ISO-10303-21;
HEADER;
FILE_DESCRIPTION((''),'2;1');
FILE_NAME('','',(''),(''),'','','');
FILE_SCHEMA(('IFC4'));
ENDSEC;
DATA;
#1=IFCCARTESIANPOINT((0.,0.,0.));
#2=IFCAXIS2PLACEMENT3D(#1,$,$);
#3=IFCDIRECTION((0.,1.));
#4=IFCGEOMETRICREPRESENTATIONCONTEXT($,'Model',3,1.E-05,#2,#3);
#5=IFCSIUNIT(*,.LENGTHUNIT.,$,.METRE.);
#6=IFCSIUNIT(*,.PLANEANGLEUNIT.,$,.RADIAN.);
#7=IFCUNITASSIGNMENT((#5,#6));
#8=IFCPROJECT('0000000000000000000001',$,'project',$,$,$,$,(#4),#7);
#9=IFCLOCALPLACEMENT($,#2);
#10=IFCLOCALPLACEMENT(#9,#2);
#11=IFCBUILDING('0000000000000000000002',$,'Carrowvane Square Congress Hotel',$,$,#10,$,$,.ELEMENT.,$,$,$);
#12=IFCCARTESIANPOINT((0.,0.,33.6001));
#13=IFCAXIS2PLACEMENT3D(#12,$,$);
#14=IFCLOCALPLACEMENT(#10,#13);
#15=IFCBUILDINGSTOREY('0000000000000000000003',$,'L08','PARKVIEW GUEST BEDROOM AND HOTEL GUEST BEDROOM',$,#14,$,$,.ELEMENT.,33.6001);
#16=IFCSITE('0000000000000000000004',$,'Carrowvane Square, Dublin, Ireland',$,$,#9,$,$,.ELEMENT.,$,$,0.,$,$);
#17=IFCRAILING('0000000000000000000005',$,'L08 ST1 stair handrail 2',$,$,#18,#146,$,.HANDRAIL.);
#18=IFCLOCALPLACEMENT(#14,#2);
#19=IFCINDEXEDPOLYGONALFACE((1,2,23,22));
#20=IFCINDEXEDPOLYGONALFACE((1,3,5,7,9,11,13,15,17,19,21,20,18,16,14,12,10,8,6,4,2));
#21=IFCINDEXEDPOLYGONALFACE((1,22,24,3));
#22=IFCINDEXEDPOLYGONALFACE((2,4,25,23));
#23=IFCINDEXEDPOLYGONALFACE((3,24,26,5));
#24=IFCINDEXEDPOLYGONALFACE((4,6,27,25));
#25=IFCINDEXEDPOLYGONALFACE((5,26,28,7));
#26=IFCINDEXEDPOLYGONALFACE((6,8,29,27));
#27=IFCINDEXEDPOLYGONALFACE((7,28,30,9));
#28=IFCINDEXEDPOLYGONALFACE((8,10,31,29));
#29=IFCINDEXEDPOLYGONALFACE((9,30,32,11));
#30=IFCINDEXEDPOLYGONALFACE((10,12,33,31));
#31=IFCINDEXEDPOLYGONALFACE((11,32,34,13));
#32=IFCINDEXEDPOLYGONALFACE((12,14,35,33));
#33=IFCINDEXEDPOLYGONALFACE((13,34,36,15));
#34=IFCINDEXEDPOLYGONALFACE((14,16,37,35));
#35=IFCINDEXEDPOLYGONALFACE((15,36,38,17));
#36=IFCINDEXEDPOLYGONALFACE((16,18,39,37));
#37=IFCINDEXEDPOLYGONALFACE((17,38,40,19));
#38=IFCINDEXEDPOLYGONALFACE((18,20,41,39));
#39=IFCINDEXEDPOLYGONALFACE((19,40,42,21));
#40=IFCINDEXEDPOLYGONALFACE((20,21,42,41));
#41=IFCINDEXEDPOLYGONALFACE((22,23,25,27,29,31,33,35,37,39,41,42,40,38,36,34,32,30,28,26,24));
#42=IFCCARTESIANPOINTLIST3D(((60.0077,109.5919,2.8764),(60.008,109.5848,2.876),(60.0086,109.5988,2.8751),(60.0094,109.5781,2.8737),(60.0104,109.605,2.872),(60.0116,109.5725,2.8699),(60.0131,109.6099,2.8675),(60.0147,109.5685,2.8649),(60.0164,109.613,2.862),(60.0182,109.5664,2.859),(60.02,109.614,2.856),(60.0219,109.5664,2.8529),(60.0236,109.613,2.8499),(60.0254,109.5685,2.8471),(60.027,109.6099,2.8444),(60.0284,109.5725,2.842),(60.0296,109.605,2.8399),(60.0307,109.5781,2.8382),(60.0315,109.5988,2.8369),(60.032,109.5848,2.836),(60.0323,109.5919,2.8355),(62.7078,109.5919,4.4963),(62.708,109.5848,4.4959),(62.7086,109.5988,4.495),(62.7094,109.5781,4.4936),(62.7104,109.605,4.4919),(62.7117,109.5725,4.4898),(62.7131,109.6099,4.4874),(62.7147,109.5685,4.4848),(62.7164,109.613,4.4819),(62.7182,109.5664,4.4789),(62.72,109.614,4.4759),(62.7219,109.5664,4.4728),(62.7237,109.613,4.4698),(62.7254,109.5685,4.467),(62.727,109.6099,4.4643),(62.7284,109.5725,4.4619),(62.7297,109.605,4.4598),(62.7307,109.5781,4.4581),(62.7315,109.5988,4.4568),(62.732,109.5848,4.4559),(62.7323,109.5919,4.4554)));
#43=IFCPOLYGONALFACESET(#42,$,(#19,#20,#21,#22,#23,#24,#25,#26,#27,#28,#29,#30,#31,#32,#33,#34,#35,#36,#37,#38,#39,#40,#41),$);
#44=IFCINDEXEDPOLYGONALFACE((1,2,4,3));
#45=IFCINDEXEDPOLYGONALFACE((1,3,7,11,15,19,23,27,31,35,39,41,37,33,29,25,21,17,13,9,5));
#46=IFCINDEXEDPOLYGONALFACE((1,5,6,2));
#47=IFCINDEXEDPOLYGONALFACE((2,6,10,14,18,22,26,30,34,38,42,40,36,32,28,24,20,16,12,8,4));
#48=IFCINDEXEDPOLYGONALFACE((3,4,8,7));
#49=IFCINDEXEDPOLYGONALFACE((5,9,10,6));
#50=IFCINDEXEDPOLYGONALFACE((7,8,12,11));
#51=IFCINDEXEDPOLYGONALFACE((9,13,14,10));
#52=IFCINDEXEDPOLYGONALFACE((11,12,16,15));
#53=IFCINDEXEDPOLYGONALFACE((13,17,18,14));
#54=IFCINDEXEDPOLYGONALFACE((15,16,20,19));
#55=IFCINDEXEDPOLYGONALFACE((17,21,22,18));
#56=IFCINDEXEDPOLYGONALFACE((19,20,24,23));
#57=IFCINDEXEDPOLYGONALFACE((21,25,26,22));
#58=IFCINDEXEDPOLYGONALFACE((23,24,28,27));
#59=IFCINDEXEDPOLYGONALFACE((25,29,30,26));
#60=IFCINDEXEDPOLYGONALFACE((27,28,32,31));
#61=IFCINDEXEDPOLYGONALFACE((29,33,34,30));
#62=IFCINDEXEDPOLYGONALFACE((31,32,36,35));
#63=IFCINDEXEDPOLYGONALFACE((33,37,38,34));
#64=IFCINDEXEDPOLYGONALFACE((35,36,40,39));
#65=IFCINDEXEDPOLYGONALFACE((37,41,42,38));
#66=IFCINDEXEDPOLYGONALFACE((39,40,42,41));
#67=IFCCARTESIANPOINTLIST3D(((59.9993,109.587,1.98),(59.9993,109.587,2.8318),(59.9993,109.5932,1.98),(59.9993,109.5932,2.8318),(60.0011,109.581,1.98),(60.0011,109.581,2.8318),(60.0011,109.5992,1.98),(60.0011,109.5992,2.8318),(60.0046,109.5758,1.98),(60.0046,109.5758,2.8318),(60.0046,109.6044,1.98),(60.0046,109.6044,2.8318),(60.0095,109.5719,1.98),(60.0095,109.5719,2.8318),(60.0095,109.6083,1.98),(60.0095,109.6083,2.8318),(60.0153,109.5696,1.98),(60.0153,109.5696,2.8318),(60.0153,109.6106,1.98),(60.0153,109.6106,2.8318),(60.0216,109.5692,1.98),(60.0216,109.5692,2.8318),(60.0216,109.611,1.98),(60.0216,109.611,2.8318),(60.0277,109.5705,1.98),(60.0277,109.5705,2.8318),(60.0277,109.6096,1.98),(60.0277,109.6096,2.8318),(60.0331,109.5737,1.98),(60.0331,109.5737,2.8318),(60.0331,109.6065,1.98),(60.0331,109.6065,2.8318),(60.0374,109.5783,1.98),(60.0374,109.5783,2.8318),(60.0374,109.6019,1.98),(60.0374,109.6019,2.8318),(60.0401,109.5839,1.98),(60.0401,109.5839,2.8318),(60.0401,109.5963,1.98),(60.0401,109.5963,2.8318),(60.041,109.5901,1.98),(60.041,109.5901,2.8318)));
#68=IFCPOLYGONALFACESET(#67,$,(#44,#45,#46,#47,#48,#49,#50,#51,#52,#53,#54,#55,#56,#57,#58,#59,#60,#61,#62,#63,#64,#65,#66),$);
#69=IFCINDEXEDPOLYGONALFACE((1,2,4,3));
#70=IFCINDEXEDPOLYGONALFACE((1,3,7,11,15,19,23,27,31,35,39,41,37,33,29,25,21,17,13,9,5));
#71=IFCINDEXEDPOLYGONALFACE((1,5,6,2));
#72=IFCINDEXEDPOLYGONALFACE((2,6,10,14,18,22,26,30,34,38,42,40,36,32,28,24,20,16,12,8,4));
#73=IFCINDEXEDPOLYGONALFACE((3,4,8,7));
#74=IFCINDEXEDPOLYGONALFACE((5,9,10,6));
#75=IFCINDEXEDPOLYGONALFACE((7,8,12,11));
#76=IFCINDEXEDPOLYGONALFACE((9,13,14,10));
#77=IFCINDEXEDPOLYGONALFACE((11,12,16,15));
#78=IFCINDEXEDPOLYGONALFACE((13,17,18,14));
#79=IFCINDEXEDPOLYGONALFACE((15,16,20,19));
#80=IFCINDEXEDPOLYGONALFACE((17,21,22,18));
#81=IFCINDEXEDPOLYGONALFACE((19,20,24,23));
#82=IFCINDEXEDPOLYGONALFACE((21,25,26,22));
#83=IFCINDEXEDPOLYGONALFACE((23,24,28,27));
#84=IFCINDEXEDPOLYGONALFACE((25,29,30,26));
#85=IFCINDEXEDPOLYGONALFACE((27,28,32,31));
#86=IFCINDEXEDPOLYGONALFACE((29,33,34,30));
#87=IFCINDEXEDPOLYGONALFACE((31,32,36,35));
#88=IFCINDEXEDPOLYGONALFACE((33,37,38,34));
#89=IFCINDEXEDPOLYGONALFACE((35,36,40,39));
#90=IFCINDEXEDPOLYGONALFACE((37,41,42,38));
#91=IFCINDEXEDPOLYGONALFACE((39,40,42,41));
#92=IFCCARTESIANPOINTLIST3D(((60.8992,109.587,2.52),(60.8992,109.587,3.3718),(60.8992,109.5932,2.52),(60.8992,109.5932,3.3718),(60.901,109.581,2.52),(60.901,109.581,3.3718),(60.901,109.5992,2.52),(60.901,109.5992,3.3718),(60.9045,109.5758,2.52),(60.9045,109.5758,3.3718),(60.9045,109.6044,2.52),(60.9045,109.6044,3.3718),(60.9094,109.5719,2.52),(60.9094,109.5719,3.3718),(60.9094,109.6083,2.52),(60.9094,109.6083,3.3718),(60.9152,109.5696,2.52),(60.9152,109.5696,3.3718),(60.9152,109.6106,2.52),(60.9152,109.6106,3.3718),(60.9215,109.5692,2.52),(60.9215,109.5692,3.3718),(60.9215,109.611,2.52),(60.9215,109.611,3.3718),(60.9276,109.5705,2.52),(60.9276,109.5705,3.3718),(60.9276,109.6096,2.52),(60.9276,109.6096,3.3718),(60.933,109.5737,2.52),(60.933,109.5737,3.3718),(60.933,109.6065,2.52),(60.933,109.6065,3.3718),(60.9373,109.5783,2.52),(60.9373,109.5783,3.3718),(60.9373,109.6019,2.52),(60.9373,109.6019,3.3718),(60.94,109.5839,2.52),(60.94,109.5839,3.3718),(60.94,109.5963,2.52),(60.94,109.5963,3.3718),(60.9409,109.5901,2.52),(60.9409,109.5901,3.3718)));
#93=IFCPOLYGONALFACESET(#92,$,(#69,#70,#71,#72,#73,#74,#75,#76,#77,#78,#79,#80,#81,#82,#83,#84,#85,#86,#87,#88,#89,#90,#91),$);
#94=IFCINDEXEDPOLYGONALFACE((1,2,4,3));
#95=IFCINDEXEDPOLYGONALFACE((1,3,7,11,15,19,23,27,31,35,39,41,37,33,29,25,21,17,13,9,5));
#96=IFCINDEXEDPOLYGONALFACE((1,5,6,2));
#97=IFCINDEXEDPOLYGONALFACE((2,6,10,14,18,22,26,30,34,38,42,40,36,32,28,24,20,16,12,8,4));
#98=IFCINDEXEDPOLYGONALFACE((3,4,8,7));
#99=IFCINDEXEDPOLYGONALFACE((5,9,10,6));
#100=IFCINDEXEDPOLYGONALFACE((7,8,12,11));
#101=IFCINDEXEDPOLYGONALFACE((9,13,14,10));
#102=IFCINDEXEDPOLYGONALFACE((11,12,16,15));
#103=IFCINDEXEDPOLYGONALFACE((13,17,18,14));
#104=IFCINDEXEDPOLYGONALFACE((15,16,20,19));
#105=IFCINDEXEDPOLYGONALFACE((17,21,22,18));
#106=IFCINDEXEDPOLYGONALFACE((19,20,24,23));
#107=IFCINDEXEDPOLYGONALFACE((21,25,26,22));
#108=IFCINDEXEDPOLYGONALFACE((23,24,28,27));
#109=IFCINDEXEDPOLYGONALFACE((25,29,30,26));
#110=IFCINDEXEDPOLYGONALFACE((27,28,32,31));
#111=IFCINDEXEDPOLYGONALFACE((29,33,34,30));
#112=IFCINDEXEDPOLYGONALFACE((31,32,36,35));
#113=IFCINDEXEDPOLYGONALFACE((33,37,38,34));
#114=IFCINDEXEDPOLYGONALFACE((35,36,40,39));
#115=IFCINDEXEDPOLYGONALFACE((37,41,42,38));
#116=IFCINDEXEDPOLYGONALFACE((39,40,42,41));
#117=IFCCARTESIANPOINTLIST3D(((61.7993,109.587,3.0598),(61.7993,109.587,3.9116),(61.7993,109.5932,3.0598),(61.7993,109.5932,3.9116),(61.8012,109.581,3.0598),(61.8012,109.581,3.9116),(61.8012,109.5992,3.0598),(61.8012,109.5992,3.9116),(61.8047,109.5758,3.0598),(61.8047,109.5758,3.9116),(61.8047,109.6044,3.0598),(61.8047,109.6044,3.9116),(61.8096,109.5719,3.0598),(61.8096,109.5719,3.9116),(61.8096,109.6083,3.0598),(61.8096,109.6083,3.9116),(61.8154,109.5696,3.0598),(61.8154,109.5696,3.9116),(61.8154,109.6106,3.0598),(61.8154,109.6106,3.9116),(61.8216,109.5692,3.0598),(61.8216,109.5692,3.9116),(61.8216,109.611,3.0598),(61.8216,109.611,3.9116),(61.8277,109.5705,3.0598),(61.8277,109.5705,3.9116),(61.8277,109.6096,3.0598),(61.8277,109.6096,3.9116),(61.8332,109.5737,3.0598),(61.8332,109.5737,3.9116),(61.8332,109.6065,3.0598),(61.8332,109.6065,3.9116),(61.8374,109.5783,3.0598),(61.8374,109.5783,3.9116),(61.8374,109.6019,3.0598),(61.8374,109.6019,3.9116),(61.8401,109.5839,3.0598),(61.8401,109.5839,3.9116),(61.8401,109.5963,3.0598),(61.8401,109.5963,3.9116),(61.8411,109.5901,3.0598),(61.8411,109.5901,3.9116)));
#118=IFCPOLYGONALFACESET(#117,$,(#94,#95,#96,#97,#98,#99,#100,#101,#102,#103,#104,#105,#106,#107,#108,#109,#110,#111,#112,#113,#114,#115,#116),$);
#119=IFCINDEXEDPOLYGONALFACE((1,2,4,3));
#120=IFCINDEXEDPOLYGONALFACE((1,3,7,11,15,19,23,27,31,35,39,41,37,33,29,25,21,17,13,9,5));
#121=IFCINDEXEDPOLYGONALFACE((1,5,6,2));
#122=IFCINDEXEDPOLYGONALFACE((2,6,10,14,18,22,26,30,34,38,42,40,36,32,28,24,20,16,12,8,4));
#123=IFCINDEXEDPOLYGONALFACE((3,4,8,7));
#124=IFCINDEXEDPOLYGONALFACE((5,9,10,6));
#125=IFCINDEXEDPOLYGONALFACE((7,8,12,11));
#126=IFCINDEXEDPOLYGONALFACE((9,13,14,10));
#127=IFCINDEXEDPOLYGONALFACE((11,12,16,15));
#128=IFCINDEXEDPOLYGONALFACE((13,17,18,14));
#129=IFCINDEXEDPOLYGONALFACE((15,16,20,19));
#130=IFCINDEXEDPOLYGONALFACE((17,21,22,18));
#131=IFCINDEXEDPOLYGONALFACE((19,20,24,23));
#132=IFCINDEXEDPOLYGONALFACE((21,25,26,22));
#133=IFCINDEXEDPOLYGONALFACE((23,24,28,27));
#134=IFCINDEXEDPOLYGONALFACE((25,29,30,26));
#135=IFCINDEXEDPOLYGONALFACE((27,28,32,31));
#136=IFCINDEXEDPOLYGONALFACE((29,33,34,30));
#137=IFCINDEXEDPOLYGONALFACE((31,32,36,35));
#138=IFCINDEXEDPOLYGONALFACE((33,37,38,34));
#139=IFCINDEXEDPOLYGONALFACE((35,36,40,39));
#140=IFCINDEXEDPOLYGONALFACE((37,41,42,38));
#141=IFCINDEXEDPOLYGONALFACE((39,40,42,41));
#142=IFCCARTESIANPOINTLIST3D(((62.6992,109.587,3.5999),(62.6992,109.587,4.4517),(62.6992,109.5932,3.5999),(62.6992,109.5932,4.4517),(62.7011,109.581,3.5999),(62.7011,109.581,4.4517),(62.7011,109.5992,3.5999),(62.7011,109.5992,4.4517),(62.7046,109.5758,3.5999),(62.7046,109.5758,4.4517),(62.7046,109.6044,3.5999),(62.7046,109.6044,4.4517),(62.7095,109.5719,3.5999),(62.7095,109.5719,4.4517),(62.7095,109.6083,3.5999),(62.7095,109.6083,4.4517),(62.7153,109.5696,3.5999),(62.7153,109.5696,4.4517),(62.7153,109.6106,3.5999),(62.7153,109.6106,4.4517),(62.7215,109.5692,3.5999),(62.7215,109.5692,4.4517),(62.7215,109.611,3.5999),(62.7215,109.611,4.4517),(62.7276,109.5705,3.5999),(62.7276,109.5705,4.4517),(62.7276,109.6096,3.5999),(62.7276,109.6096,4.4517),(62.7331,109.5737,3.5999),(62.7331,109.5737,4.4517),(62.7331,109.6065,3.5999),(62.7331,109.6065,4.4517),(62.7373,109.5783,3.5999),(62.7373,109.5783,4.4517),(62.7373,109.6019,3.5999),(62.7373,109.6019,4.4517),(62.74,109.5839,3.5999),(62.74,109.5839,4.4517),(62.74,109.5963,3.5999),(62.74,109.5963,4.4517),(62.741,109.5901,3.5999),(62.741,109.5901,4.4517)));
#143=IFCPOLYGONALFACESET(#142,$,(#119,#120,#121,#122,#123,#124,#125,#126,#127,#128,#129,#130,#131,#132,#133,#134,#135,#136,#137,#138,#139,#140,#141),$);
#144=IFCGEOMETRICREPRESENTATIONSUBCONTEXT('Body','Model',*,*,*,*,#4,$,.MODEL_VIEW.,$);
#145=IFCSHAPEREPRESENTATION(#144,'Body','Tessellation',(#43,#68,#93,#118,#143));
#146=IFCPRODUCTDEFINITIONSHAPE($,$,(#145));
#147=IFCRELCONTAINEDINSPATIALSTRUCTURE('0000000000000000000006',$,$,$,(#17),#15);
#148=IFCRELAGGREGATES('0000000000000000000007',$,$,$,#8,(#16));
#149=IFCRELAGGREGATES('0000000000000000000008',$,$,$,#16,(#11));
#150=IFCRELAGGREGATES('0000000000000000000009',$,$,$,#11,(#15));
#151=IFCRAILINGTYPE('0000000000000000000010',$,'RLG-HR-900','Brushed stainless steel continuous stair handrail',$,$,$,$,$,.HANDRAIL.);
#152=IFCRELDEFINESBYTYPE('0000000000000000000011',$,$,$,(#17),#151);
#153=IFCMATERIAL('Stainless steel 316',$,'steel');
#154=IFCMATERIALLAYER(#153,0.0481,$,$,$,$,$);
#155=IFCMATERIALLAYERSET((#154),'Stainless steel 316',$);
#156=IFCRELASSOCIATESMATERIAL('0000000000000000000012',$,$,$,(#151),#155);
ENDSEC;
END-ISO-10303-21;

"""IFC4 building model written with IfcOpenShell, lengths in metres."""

from ifc_helpers import new_model, si_unit, direction, frame, origin, origin_2d, place, context, subcontext, project, spatial, circle, extrude, material, layer, layer_set, type_object, element, save


model = new_model("IFC4")

# Units and contexts
model_context = context("Model", 3, precision=1e-05, world=origin(), true_north=direction((0.0, 1.0)))
body_context = subcontext(model_context, "Body", "Model", "MODEL_VIEW")
ifc_project = project(units=[si_unit("LENGTHUNIT", "METRE"), si_unit("PLANEANGLEUNIT", "RADIAN")], contexts=[model_context])

# Site, building, storey
site_placement = place(None, origin())
site = spatial("IfcSite", under=ifc_project, at=site_placement, Name="Carrowvane Square, Dublin, Ireland", CompositionType="ELEMENT", RefElevation=0.0)
building_placement = place(site_placement, origin())
building = spatial("IfcBuilding", under=site, at=building_placement, Name="Carrowvane Square Congress Hotel", CompositionType="ELEMENT")
storey_placement = place(building_placement, frame((0.0, 0.0, 33.6001)))
storey = spatial("IfcBuildingStorey", under=building, at=storey_placement, Name="L08", Description="PARKVIEW GUEST BEDROOM AND HOTEL GUEST BEDROOM", CompositionType="ELEMENT", Elevation=33.6001)

# Railing
ifc_material_1 = material(Name="Stainless steel 316", Category="steel")
ifc_layer_1 = layer(ifc_material_1, 0.0481)
ifc_layer_set_1 = layer_set([ifc_layer_1], Name="Stainless steel 316")
railing_type_1 = type_object("IfcRailingType", Name="RLG-HR-900", Description="Brushed stainless steel continuous stair handrail", PredefinedType="HANDRAIL", material=ifc_layer_set_1)
railing_1_placement = place(storey_placement, frame((60.02, 109.5901, 1.98)))
element("IfcRailing", 1, at=railing_1_placement, inside=storey, type_object=railing_type_1, Name="L08 ST1 stair handrail 2", PredefinedType="HANDRAIL", context=body_context, shape_type="SweptSolid", body=[
    extrude(circle(Radius=0.0239, at=origin_2d()), frame((0.0, 0.0, 0.876), z_axis=(0.857507, 0.0, 0.514473), x_axis=(0.0, 1.0, 0.0)), (0.0, 0.0, 1.0), 3.1487),
    extrude(circle(Radius=0.021, at=origin_2d()), origin(), (0.0, 0.0, 1.0), 0.8518),
    extrude(circle(Radius=0.021, at=origin_2d()), frame((0.8999, 0.0, 0.54)), (0.0, 0.0, 1.0), 0.8518),
    extrude(circle(Radius=0.021, at=origin_2d()), frame((1.8, 0.0, 1.0798)), (0.0, 0.0, 1.0), 0.8518),
    extrude(circle(Radius=0.021, at=origin_2d()), frame((2.7, 0.0, 1.6199)), (0.0, 0.0, 1.0), 0.8518),
])

save(model, "model.ifc")
